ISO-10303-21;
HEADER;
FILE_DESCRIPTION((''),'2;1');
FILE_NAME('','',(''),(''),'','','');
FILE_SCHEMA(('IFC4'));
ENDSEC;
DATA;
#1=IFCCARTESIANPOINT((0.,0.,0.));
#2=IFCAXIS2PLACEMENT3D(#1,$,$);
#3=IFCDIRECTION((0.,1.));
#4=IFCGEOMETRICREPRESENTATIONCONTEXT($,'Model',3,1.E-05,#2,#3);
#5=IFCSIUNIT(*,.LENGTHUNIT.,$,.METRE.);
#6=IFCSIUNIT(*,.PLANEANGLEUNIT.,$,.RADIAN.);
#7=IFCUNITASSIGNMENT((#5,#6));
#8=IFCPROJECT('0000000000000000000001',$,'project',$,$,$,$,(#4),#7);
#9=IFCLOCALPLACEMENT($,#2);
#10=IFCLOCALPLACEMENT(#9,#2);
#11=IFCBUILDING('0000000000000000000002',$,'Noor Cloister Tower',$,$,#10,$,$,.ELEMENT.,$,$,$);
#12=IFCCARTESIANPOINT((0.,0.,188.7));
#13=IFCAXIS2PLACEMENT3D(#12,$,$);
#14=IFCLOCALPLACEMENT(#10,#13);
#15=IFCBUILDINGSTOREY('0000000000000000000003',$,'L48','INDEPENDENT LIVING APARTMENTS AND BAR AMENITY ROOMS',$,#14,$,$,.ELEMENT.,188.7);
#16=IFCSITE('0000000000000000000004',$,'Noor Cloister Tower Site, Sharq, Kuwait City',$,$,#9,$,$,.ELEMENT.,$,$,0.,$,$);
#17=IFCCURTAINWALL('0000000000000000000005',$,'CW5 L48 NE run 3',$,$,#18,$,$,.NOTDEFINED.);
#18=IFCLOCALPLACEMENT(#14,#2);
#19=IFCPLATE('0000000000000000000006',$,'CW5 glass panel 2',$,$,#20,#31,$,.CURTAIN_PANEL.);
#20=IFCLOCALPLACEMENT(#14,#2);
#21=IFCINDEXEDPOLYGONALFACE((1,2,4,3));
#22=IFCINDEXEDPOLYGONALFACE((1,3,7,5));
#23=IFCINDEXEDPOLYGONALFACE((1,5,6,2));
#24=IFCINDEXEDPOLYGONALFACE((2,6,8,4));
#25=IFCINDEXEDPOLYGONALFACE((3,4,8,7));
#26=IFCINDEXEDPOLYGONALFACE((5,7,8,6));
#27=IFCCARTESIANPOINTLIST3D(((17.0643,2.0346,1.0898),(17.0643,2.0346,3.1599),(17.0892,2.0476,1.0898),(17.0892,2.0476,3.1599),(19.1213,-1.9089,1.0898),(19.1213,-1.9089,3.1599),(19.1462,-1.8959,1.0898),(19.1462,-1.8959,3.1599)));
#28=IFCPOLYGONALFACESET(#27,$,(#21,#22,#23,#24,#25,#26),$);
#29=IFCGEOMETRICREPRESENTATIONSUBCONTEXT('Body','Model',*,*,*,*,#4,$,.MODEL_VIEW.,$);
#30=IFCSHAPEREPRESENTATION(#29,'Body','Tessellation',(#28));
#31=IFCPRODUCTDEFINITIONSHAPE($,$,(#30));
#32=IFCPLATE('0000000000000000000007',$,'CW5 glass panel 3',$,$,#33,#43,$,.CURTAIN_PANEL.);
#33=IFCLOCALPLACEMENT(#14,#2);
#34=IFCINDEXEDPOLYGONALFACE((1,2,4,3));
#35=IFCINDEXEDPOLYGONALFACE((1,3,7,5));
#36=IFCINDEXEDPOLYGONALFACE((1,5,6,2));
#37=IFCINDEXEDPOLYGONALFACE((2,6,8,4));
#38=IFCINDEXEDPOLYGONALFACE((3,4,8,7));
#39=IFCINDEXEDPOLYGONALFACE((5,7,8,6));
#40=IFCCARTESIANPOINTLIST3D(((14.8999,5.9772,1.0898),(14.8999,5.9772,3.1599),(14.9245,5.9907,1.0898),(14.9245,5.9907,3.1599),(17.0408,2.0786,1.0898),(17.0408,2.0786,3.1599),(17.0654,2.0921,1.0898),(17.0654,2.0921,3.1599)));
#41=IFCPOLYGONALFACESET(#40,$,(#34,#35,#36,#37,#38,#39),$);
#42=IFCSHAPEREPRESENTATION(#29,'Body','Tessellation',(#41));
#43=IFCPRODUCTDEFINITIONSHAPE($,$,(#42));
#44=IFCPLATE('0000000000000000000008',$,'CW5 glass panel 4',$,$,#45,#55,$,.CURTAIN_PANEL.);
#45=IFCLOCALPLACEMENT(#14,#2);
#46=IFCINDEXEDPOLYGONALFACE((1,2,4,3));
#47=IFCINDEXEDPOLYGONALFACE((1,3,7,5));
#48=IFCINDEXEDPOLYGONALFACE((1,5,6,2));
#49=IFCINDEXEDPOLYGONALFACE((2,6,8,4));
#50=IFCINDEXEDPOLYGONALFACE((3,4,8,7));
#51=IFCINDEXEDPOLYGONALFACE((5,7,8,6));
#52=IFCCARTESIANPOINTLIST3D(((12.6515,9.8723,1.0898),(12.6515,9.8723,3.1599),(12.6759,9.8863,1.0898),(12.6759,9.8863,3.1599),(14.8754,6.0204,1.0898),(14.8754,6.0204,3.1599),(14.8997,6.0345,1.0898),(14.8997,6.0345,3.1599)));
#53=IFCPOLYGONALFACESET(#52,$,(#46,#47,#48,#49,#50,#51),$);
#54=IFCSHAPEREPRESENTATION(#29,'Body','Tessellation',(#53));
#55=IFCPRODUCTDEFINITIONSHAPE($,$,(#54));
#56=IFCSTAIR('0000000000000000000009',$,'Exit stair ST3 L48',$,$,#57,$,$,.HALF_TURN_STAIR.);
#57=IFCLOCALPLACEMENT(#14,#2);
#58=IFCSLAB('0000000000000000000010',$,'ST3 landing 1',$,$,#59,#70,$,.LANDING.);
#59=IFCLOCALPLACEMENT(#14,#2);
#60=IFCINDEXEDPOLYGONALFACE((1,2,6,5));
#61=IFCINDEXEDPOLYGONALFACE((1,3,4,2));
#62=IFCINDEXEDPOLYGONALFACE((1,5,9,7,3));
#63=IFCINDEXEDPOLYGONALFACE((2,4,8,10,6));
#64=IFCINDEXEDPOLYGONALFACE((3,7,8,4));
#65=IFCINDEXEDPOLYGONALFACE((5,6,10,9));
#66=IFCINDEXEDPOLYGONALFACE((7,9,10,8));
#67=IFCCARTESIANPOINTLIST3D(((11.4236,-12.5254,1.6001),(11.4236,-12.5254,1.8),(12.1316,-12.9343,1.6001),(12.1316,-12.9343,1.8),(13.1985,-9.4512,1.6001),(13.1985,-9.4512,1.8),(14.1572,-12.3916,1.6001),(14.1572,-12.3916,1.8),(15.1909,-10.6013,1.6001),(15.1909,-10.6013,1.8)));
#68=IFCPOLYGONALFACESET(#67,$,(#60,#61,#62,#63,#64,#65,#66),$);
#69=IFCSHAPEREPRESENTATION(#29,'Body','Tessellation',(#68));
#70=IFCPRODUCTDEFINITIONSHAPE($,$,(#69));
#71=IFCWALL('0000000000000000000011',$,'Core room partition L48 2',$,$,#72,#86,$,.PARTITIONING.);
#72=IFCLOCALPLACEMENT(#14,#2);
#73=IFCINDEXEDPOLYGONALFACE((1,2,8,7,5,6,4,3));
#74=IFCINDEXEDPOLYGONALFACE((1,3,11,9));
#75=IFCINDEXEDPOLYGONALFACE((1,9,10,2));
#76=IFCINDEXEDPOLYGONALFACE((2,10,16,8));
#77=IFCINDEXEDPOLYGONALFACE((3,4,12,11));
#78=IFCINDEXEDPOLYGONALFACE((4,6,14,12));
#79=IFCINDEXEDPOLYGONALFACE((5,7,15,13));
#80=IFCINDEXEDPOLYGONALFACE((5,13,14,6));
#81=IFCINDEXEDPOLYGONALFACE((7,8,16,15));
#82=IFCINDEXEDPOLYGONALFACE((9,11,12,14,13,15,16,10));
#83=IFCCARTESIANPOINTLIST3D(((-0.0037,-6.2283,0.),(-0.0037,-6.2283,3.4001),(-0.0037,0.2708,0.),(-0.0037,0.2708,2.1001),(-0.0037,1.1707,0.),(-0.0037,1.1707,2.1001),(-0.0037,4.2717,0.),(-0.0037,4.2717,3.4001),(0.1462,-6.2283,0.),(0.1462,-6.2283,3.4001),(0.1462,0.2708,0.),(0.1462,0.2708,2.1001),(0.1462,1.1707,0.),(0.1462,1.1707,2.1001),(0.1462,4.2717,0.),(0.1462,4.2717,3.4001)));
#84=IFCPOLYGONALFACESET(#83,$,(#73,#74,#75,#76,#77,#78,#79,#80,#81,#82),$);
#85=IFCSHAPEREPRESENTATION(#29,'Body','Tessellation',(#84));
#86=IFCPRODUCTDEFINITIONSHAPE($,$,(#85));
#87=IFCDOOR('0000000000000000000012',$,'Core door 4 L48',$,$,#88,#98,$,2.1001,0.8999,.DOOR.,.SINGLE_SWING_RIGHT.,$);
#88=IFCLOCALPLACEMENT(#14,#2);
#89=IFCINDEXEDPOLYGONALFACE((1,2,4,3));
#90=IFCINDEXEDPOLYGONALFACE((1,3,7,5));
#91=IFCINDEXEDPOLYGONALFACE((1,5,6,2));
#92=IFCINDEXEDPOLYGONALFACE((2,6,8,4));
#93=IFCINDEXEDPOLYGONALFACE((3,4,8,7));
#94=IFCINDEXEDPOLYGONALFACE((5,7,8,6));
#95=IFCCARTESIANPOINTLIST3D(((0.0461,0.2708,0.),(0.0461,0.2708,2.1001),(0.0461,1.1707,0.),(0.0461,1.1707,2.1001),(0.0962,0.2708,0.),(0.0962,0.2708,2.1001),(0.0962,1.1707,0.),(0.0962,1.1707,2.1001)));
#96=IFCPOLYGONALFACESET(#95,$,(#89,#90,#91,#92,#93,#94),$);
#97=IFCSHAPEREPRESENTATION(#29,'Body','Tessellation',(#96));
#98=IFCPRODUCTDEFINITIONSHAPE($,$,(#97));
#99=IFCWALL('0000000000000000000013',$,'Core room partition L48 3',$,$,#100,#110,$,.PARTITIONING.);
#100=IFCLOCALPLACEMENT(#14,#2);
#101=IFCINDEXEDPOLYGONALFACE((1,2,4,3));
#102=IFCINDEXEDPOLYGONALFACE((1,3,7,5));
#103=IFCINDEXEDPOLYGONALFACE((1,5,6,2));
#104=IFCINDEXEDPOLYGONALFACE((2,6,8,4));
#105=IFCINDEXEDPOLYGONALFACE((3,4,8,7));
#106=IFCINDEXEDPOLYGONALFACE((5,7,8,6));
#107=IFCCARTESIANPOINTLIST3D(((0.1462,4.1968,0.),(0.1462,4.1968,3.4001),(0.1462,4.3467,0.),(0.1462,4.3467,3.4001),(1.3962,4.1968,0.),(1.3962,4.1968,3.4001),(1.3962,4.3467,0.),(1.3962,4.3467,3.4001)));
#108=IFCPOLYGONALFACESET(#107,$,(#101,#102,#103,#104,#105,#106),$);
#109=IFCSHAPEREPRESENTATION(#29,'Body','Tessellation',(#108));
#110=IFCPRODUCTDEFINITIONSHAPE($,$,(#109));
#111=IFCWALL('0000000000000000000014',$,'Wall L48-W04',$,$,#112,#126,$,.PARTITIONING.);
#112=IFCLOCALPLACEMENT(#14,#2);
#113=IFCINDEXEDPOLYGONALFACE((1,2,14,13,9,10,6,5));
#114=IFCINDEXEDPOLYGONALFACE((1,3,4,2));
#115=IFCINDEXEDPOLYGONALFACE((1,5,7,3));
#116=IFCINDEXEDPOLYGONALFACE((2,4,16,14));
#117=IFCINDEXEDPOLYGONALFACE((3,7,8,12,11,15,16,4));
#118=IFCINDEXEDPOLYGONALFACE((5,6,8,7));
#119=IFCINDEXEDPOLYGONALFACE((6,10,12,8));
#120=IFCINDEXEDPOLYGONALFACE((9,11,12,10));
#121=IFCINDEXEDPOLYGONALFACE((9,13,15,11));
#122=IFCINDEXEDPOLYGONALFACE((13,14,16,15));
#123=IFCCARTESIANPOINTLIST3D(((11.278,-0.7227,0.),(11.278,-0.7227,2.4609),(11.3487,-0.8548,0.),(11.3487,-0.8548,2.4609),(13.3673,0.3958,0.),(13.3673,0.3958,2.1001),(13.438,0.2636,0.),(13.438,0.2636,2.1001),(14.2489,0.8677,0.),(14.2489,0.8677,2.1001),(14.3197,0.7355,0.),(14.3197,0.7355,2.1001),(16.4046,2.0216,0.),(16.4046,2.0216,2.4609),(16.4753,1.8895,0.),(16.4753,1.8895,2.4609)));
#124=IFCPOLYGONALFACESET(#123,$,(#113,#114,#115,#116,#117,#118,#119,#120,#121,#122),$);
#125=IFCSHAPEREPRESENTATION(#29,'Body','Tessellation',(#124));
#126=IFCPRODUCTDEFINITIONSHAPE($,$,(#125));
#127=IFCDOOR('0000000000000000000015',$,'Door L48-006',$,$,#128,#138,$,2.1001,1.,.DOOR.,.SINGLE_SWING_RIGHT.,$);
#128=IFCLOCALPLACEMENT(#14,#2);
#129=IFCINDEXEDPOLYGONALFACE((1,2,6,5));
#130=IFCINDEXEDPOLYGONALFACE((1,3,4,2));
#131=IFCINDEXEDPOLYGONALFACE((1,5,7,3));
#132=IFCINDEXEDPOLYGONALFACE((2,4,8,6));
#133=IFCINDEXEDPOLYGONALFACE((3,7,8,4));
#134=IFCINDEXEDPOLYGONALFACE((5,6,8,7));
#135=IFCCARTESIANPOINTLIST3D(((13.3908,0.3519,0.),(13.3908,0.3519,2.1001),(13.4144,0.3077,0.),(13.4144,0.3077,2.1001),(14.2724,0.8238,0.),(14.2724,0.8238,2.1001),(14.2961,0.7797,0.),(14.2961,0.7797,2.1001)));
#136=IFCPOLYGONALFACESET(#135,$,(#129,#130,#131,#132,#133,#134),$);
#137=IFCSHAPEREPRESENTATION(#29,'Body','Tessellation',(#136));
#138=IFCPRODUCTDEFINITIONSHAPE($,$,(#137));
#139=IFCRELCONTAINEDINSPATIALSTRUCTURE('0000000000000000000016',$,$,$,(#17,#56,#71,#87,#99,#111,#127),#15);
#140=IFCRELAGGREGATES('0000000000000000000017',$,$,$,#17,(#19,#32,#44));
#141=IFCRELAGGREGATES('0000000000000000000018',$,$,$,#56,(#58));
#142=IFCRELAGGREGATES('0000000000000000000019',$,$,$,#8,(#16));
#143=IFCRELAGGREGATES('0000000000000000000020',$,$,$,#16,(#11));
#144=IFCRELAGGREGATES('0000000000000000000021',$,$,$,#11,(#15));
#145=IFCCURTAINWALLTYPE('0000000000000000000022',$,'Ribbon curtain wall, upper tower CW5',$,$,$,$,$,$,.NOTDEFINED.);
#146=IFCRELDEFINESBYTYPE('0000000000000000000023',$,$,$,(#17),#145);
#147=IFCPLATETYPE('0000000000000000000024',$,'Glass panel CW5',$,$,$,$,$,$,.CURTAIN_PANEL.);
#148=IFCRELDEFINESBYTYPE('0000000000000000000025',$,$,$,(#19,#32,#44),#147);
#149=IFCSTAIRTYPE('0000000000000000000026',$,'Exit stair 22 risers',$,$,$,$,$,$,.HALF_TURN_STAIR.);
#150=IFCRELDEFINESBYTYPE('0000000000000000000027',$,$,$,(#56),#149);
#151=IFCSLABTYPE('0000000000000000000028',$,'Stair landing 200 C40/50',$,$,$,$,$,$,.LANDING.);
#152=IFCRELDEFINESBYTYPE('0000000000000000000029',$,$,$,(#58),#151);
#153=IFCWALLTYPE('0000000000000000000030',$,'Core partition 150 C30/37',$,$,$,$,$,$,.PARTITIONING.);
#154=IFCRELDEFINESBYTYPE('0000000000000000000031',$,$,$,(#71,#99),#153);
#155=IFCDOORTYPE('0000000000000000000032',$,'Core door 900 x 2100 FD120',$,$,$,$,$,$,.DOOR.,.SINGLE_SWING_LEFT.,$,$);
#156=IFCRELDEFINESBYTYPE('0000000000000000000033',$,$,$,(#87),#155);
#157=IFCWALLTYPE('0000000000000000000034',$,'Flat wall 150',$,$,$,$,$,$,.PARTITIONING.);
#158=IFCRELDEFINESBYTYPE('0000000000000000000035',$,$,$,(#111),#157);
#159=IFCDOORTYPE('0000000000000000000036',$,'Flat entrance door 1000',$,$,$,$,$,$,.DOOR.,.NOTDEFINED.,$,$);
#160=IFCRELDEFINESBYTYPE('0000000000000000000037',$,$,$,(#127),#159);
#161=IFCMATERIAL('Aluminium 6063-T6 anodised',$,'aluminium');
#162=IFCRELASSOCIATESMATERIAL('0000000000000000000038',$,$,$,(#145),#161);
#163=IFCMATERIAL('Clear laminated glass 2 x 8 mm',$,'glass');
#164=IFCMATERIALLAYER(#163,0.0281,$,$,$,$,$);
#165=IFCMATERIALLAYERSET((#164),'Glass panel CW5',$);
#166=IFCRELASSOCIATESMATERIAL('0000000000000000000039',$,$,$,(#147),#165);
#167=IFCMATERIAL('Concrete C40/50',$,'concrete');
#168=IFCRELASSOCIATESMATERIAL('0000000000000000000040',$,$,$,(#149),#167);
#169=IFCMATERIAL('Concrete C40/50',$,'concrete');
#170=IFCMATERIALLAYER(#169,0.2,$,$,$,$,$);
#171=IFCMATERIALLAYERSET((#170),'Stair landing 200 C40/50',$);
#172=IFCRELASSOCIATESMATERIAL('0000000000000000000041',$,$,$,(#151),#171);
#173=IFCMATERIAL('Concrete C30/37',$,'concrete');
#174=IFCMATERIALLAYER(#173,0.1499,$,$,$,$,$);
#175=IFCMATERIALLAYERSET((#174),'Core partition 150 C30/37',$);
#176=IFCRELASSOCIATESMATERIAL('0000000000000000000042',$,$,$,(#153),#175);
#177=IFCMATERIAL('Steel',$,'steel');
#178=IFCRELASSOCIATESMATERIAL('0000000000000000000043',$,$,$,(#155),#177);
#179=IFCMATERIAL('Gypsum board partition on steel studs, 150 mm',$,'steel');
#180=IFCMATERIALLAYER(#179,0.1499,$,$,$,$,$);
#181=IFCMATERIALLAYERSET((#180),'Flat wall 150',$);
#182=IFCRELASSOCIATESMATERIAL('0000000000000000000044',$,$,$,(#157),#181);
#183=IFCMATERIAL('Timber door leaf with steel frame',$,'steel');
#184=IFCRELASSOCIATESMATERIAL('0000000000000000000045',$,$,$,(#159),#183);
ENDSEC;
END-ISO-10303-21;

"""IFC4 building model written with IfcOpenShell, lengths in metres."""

from ifc_helpers import new_model, si_unit, direction, frame, frame_2d, origin, origin_2d, place, context, subcontext, project, spatial, polyline, rectangle, outline, extrude, material, layer, layer_set, type_object, element, fill, aggregate, save


model = new_model("IFC4")

# Units and contexts
model_context = context("Model", 3, precision=1e-05, world=origin(), true_north=direction((0.0, 1.0)))
body_context = subcontext(model_context, "Body", "Model", "MODEL_VIEW")
ifc_project = project(units=[si_unit("LENGTHUNIT", "METRE"), si_unit("PLANEANGLEUNIT", "RADIAN")], contexts=[model_context])

# Site, building, storey
site_placement = place(None, origin())
site = spatial("IfcSite", under=ifc_project, at=site_placement, Name="Noor Cloister Tower Site, Sharq, Kuwait City", CompositionType="ELEMENT", RefElevation=0.0)
building_placement = place(site_placement, origin())
building = spatial("IfcBuilding", under=site, at=building_placement, Name="Noor Cloister Tower", CompositionType="ELEMENT")
storey_placement = place(building_placement, frame((0.0, 0.0, 188.7)))
storey = spatial("IfcBuildingStorey", under=building, at=storey_placement, Name="L48", Description="INDEPENDENT LIVING APARTMENTS AND BAR AMENITY ROOMS", CompositionType="ELEMENT", Elevation=188.7)

# Curtain wall
ifc_material_1 = material(Name="Aluminium 6063-T6 anodised", Category="aluminium")
curtain_wall_type = type_object("IfcCurtainWallType", Name="Ribbon curtain wall, upper tower CW5", PredefinedType="NOTDEFINED", material=ifc_material_1)
curtain_wall_placement = place(storey_placement, origin())
curtain_wall = element("IfcCurtainWall", 1, at=curtain_wall_placement, inside=storey, type_object=curtain_wall_type, Name="CW5 L48 NE run 3", PredefinedType="NOTDEFINED")

# Plates
ifc_material_2 = material(Name="Clear laminated glass 2 x 8 mm", Category="glass")
ifc_layer_1 = layer(ifc_material_2, 0.0281)
ifc_layer_set_1 = layer_set([ifc_layer_1], Name="Glass panel CW5")
plate_type = type_object("IfcPlateType", Name="Glass panel CW5", PredefinedType="CURTAIN_PANEL", material=ifc_layer_set_1)
plate_1_placement = place(storey_placement, frame((18.1052, 0.0693, 1.0898), z_axis=(0.0, 0.0, 1.0), x_axis=(-0.462473, 0.886633, 0.0)))
plate_1 = element("IfcPlate", 2, at=plate_1_placement, type_object=plate_type, Name="CW5 glass panel 2", PredefinedType="CURTAIN_PANEL", context=body_context, shape_type="SweptSolid", body=[
    extrude(rectangle(XDim=4.4478, YDim=0.0281, at=origin_2d()), origin(), (0.0, 0.0, 1.0), 2.0701),
])
plate_2_placement = place(storey_placement, frame((15.9827, 4.0347, 1.0898), z_axis=(0.0, 0.0, 1.0), x_axis=(-0.481347, 0.87653, 0.0)))
plate_2 = element("IfcPlate", 3, at=plate_2_placement, type_object=plate_type, Name="CW5 glass panel 3", PredefinedType="CURTAIN_PANEL", context=body_context, shape_type="SweptSolid", body=[
    extrude(rectangle(XDim=4.4478, YDim=0.0281, at=origin_2d()), origin(), (0.0, 0.0, 1.0), 2.0701),
])
plate_3_placement = place(storey_placement, frame((13.7756, 7.9534, 1.0898), z_axis=(0.0, 0.0, 1.0), x_axis=(-0.5, 0.866025, 0.0)))
plate_3 = element("IfcPlate", 4, at=plate_3_placement, type_object=plate_type, Name="CW5 glass panel 4", PredefinedType="CURTAIN_PANEL", context=body_context, shape_type="SweptSolid", body=[
    extrude(rectangle(XDim=4.4478, YDim=0.0281, at=origin_2d()), origin(), (0.0, 0.0, 1.0), 2.0701),
])
aggregate(curtain_wall, [plate_1, plate_2, plate_3])

# Stair, slab
ifc_material_3 = material(Name="Concrete C40/50", Category="concrete")
stair_type = type_object("IfcStairType", Name="Exit stair 22 risers", PredefinedType="HALF_TURN_STAIR", material=ifc_material_3)
stair_placement = place(storey_placement, origin())
stair = element("IfcStair", 5, at=stair_placement, inside=storey, type_object=stair_type, Name="Exit stair ST3 L48", PredefinedType="HALF_TURN_STAIR")
ifc_material_4 = material(Name="Concrete C40/50", Category="concrete")
ifc_layer_2 = layer(ifc_material_4, 0.2)
ifc_layer_set_2 = layer_set([ifc_layer_2], Name="Stair landing 200 C40/50")
slab_type = type_object("IfcSlabType", Name="Stair landing 200 C40/50", PredefinedType="LANDING", material=ifc_layer_set_2)
slab_placement = place(storey_placement, frame((0.0, 0.0, 1.6001)))
slab = element("IfcSlab", 6, at=slab_placement, type_object=slab_type, Name="ST3 landing 1", PredefinedType="LANDING", context=body_context, shape_type="SweptSolid", body=[
    extrude(outline(polyline([(11.4236, -12.5254), (12.1316, -12.9343), (14.1572, -12.3916), (15.1909, -10.6013), (13.1985, -9.4512), (11.4236, -12.5254)])), origin(), (0.0, 0.0, 1.0), 0.2),
])
aggregate(stair, [slab])

# Wall, opening, door
ifc_material_5 = material(Name="Concrete C30/37", Category="concrete")
ifc_layer_3 = layer(ifc_material_5, 0.1499)
ifc_layer_set_3 = layer_set([ifc_layer_3], Name="Core partition 150 C30/37")
wall_type_1 = type_object("IfcWallType", Name="Core partition 150 C30/37", PredefinedType="PARTITIONING", material=ifc_layer_set_3)
wall_1_placement = place(storey_placement, frame((0.0713, 4.2717, 0.0), z_axis=(0.0, 0.0, 1.0), x_axis=(0.0, -1.0, 0.0)))
wall_1 = element("IfcWall", 7, at=wall_1_placement, inside=storey, type_object=wall_type_1, Name="Core room partition L48 2", PredefinedType="PARTITIONING", context=body_context, shape_type="SweptSolid", body=[
    extrude(rectangle(XDim=10.5, YDim=0.1499, at=frame_2d((5.25, 0.0))), origin(), (0.0, 0.0, 1.0), 3.4001),
])
opening_1_placement = place(wall_1_placement, frame((3.1011, 0.0, 0.0)))
opening_1 = element("IfcOpeningElement", 8, at=opening_1_placement, cuts=wall_1, PredefinedType="OPENING", context=body_context, shape_type="SweptSolid", body=[
    extrude(rectangle(XDim=0.8999, YDim=2.1001, at=frame_2d((0.45, 1.05))), frame((0.0, 0.085, 0.0), z_axis=(0.0, -1.0, 0.0), x_axis=(1.0, 0.0, 0.0)), (0.0, 0.0, 1.0), 0.1699),
])
ifc_material_6 = material(Name="Steel", Category="steel")
door_type_1 = type_object("IfcDoorType", Name="Core door 900 x 2100 FD120", OperationType="SINGLE_SWING_LEFT", PredefinedType="DOOR", material=ifc_material_6)
door_1_placement = place(opening_1_placement, origin())
door_1 = element("IfcDoor", 9, at=door_1_placement, inside=storey, type_object=door_type_1, Name="Core door 4 L48", OperationType="SINGLE_SWING_RIGHT", OverallHeight=2.1001, OverallWidth=0.8999, PredefinedType="DOOR", context=body_context, shape_type="SweptSolid", body=[
    extrude(rectangle(XDim=0.8999, YDim=2.1001, at=frame_2d((0.45, 1.05))), frame((0.0, 0.0249, 0.0), z_axis=(0.0, -1.0, 0.0), x_axis=(1.0, 0.0, 0.0)), (0.0, 0.0, 1.0), 0.05),
])
fill(opening_1, door_1)

# Wall
wall_2_placement = place(storey_placement, frame((0.1462, 4.2717, 0.0), z_axis=(0.0, 0.0, 1.0), x_axis=(1.0, 0.0, 0.0)))
element("IfcWall", 10, at=wall_2_placement, inside=storey, type_object=wall_type_1, Name="Core room partition L48 3", PredefinedType="PARTITIONING", context=body_context, shape_type="SweptSolid", body=[
    extrude(rectangle(XDim=1.25, YDim=0.1499, at=frame_2d((0.625, 0.0))), origin(), (0.0, 0.0, 1.0), 3.4001),
])

# Wall, opening, door
ifc_material_7 = material(Name="Gypsum board partition on steel studs, 150 mm", Category="steel")
ifc_layer_4 = layer(ifc_material_7, 0.1499)
ifc_layer_set_4 = layer_set([ifc_layer_4], Name="Flat wall 150")
wall_type_2 = type_object("IfcWallType", Name="Flat wall 150", PredefinedType="PARTITIONING", material=ifc_layer_set_4)
wall_3_placement = place(storey_placement, frame((16.4399, 1.9556, 0.0), z_axis=(0.0, 0.0, 1.0), x_axis=(-0.881628, -0.471945, 0.0)))
wall_3 = element("IfcWall", 11, at=wall_3_placement, inside=storey, type_object=wall_type_2, Name="Wall L48-W04", PredefinedType="PARTITIONING", context=body_context, shape_type="SweptSolid", body=[
    extrude(rectangle(XDim=5.8149, YDim=0.1499, at=frame_2d((2.9075, 0.0))), origin(), (0.0, 0.0, 1.0), 2.4609),
])
opening_2_placement = place(wall_3_placement, frame((2.4451, 0.0, 0.0)))
opening_2 = element("IfcOpeningElement", 12, at=opening_2_placement, cuts=wall_3, PredefinedType="OPENING", context=body_context, shape_type="SweptSolid", body=[
    extrude(rectangle(XDim=1.0, YDim=2.1001, at=frame_2d((0.5, 1.05))), frame((0.0, 0.085, 0.0), z_axis=(0.0, -1.0, 0.0), x_axis=(1.0, 0.0, 0.0)), (0.0, 0.0, 1.0), 0.1699),
])
ifc_material_8 = material(Name="Timber door leaf with steel frame", Category="steel")
door_type_2 = type_object("IfcDoorType", Name="Flat entrance door 1000", OperationType="NOTDEFINED", PredefinedType="DOOR", material=ifc_material_8)
door_2_placement = place(opening_2_placement, origin())
door_2 = element("IfcDoor", 13, at=door_2_placement, inside=storey, type_object=door_type_2, Name="Door L48-006", OperationType="SINGLE_SWING_RIGHT", OverallHeight=2.1001, OverallWidth=1.0, PredefinedType="DOOR", context=body_context, shape_type="SweptSolid", body=[
    extrude(rectangle(XDim=1.0, YDim=2.1001, at=frame_2d((0.5, 1.05))), frame((0.0, 0.0249, 0.0), z_axis=(0.0, -1.0, 0.0), x_axis=(1.0, 0.0, 0.0)), (0.0, 0.0, 1.0), 0.05),
])
fill(opening_2, door_2)

save(model, "model.ifc")
